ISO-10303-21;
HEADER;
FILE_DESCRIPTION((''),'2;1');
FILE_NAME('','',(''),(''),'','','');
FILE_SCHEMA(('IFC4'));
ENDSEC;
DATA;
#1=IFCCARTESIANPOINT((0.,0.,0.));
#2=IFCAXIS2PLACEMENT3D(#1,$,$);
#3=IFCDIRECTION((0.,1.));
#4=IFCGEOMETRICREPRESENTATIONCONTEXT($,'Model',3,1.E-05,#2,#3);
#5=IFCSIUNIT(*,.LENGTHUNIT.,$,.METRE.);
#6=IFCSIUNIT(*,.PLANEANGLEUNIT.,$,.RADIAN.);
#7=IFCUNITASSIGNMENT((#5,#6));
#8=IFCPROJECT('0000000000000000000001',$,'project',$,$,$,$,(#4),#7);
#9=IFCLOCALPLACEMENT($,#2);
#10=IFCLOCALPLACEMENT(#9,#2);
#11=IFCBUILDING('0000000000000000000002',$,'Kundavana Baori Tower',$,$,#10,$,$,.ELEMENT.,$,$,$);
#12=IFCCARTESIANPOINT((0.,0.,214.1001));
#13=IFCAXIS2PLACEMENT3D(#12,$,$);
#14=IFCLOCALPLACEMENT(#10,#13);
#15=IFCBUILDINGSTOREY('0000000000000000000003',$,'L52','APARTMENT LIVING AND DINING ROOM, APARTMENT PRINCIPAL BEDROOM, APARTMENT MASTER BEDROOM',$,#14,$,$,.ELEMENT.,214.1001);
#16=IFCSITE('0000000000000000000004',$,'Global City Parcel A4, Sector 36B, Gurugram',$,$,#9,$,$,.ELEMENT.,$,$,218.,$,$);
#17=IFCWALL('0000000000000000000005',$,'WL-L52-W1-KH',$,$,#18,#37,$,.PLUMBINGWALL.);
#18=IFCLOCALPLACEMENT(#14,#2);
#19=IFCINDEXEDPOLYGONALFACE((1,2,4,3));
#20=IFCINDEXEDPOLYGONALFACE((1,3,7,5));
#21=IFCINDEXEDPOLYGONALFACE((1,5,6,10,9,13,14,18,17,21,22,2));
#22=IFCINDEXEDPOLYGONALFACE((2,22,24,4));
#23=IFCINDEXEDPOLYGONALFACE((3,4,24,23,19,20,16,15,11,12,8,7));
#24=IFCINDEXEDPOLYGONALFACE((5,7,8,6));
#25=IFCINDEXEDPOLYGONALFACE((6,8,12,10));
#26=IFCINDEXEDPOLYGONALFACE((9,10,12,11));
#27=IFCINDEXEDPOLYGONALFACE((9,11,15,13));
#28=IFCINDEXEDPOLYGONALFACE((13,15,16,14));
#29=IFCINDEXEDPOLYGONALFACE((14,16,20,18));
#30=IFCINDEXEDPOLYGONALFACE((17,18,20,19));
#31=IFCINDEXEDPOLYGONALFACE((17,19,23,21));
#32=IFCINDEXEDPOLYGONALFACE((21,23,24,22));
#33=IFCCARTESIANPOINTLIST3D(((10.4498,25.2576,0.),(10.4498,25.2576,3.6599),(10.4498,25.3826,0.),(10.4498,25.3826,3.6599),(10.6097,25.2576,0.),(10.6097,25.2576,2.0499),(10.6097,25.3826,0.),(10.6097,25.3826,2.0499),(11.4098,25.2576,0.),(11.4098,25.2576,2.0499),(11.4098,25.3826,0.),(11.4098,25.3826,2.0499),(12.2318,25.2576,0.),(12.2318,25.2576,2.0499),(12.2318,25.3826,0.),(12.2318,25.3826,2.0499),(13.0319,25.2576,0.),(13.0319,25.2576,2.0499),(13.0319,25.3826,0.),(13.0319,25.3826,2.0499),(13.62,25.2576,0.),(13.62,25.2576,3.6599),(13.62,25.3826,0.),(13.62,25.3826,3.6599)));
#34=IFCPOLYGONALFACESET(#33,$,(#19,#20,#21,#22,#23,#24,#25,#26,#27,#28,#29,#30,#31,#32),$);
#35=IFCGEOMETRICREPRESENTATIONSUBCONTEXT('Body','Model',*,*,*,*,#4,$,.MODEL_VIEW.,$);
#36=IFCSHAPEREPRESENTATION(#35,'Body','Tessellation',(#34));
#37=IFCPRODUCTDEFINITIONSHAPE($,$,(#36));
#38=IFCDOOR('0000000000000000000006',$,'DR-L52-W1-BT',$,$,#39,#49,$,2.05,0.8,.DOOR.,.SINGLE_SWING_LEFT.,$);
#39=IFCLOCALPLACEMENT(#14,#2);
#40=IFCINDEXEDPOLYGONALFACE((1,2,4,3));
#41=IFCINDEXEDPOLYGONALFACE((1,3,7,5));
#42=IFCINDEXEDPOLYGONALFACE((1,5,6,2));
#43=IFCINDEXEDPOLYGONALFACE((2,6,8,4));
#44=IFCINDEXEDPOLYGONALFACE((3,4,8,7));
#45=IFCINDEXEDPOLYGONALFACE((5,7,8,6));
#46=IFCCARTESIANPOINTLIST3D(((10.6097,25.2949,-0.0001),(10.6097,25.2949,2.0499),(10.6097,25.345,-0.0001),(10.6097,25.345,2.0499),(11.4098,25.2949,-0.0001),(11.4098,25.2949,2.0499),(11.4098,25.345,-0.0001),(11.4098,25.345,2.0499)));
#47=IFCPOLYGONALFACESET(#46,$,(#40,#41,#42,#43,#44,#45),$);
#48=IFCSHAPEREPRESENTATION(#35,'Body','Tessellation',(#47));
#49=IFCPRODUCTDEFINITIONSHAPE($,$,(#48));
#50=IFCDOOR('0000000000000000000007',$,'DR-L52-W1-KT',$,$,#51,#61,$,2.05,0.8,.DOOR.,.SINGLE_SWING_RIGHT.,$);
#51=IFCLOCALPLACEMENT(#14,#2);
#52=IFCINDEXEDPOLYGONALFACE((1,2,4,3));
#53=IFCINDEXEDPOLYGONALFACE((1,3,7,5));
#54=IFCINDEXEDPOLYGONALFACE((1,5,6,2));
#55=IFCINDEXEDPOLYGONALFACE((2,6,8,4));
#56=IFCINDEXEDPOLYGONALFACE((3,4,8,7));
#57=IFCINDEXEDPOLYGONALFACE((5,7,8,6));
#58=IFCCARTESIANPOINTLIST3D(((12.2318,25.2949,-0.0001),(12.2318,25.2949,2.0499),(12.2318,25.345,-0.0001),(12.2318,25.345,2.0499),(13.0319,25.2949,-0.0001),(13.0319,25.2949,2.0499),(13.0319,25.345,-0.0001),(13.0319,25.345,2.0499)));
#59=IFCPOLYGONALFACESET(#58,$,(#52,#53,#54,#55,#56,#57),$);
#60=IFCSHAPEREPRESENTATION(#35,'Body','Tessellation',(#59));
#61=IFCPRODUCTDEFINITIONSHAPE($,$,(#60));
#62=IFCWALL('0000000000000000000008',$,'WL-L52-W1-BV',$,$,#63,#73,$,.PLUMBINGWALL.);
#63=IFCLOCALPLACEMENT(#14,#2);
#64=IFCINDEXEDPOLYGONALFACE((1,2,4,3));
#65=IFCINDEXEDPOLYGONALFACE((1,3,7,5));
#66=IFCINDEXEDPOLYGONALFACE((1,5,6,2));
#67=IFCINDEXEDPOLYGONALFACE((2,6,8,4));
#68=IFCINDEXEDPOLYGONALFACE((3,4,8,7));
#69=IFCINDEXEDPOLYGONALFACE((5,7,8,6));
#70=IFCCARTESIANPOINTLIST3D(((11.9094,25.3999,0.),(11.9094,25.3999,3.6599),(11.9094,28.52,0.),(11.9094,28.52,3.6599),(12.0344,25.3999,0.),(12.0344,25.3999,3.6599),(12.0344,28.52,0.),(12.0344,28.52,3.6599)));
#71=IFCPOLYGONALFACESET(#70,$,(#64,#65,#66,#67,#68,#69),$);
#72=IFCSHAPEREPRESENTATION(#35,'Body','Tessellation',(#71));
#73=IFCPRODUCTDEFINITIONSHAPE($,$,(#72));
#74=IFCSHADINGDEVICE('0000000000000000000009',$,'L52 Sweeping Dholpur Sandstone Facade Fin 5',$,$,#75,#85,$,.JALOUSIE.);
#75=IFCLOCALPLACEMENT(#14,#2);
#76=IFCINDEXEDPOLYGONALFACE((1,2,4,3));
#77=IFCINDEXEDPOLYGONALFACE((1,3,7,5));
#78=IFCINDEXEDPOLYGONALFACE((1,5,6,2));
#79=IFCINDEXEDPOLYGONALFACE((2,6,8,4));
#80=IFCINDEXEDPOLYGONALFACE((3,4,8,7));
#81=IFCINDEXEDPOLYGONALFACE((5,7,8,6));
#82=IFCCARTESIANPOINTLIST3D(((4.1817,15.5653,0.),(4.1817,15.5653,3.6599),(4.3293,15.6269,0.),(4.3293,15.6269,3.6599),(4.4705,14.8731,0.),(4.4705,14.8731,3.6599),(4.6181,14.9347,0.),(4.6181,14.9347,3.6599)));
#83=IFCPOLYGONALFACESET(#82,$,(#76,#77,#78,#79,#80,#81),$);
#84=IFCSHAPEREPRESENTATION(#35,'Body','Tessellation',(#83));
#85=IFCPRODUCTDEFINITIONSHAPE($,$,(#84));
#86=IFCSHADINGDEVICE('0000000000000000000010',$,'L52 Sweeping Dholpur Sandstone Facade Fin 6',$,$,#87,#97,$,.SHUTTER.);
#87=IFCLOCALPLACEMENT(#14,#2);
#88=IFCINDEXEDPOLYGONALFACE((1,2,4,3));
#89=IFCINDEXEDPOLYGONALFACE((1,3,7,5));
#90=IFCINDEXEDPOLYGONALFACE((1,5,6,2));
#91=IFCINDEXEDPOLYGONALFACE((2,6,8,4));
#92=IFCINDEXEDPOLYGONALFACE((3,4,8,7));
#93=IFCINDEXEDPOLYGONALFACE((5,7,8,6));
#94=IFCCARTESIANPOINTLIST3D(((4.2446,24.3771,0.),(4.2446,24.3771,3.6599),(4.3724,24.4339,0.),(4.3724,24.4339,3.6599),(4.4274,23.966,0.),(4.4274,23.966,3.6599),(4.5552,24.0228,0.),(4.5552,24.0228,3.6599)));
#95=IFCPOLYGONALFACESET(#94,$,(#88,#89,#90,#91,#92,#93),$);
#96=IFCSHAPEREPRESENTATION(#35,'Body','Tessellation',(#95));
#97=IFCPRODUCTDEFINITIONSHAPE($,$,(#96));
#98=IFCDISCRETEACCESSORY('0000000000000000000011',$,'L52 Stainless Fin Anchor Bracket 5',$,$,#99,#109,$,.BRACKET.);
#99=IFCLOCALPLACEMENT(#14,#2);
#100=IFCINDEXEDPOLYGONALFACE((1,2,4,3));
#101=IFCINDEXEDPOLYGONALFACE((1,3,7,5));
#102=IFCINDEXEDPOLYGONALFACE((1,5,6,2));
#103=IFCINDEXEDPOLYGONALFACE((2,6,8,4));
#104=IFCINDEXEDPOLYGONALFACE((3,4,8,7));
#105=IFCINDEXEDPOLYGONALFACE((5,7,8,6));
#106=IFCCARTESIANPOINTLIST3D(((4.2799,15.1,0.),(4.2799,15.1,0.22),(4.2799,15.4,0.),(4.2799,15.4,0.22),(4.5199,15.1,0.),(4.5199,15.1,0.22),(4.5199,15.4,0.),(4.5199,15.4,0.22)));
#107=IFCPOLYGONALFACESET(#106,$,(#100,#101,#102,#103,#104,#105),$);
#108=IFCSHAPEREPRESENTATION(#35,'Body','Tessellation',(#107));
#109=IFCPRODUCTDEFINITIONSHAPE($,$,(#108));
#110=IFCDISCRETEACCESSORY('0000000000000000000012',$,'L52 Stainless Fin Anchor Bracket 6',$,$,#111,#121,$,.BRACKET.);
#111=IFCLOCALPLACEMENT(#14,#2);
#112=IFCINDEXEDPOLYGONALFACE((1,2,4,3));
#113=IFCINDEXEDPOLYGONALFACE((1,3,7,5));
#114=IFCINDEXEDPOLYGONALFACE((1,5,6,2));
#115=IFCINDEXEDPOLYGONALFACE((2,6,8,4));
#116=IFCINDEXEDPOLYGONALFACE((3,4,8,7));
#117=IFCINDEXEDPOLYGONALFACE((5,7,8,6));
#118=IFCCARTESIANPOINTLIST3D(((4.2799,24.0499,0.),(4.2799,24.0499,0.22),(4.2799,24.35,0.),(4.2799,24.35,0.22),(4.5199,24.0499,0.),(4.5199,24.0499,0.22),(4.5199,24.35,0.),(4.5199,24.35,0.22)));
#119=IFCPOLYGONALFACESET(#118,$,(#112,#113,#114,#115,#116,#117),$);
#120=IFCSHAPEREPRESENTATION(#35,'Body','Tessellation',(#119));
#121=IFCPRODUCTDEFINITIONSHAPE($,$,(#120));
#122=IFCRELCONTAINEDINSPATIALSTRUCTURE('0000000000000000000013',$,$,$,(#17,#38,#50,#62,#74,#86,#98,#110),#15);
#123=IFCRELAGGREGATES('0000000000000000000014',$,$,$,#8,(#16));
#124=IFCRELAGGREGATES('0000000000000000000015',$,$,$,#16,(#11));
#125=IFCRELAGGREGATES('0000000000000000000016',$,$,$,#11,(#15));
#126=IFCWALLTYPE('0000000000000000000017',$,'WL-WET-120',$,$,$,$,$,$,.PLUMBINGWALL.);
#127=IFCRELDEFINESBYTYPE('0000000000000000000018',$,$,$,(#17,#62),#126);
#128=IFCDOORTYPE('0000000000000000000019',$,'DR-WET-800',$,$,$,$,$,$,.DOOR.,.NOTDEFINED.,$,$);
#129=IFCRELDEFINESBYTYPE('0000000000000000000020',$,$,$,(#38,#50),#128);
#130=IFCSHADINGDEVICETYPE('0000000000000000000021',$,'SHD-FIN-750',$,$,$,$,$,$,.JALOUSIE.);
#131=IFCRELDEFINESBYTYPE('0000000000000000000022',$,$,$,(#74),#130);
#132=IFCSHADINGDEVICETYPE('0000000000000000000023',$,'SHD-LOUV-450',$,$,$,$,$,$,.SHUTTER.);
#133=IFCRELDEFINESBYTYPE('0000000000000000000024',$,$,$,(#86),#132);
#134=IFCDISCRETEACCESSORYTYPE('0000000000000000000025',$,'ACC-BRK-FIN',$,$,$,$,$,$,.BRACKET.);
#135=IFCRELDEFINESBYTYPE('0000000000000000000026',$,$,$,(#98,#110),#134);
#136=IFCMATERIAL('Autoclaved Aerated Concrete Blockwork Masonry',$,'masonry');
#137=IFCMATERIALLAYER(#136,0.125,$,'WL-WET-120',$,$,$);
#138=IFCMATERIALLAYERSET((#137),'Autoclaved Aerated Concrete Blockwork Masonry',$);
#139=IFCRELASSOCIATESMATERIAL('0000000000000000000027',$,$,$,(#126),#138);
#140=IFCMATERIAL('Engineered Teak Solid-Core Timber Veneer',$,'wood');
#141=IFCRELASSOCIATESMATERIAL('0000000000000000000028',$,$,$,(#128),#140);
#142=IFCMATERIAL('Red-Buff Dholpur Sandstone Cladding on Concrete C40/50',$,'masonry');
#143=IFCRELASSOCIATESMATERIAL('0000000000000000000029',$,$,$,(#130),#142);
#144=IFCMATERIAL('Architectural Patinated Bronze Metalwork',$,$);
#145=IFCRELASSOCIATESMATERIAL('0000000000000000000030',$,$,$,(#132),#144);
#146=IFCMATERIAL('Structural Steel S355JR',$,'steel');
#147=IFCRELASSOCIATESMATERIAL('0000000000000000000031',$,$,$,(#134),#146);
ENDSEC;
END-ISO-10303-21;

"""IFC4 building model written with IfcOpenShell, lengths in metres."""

from ifc_helpers import new_model, si_unit, direction, frame, frame_2d, origin, origin_2d, place, context, subcontext, project, spatial, rectangle, extrude, material, layer, layer_set, type_object, element, fill, save


model = new_model("IFC4")

# Units and contexts
model_context = context("Model", 3, precision=1e-05, world=origin(), true_north=direction((0.0, 1.0)))
body_context = subcontext(model_context, "Body", "Model", "MODEL_VIEW")
ifc_project = project(units=[si_unit("LENGTHUNIT", "METRE"), si_unit("PLANEANGLEUNIT", "RADIAN")], contexts=[model_context])

# Site, building, storey
site_placement = place(None, origin())
site = spatial("IfcSite", under=ifc_project, at=site_placement, Name="Global City Parcel A4, Sector 36B, Gurugram", CompositionType="ELEMENT", RefElevation=218.0)
building_placement = place(site_placement, origin())
building = spatial("IfcBuilding", under=site, at=building_placement, Name="Kundavana Baori Tower", CompositionType="ELEMENT")
storey_placement = place(building_placement, frame((0.0, 0.0, 214.1001)))
storey = spatial("IfcBuildingStorey", under=building, at=storey_placement, Name="L52", Description="APARTMENT LIVING AND DINING ROOM, APARTMENT PRINCIPAL BEDROOM, APARTMENT MASTER BEDROOM", CompositionType="ELEMENT", Elevation=214.1001)

# Wall, openings, doors
ifc_material_1 = material(Name="Autoclaved Aerated Concrete Blockwork Masonry", Category="masonry")
ifc_layer_1 = layer(ifc_material_1, 0.125, Name="WL-WET-120")
ifc_layer_set_1 = layer_set([ifc_layer_1], Name="Autoclaved Aerated Concrete Blockwork Masonry")
wall_type_1 = type_object("IfcWallType", Name="WL-WET-120", PredefinedType="PLUMBINGWALL", material=ifc_layer_set_1)
wall_1_placement = place(storey_placement, frame((10.45, 25.3201, 0.0), z_axis=(0.0, 0.0, 1.0), x_axis=(1.0, 0.0, 0.0)))
wall_1 = element("IfcWall", 1, at=wall_1_placement, inside=storey, type_object=wall_type_1, Name="WL-L52-W1-KH", PredefinedType="PLUMBINGWALL", context=body_context, shape_type="SweptSolid", body=[
    extrude(rectangle(XDim=3.1702, YDim=0.125, at=frame_2d((1.585, 0.0))), origin(), (0.0, 0.0, 1.0), 3.6599),
])
opening_1_placement = place(wall_1_placement, frame((0.1599, 0.0, 0.0)))
opening_1 = element("IfcOpeningElement", 2, at=opening_1_placement, cuts=wall_1, PredefinedType="OPENING", context=body_context, shape_type="SweptSolid", body=[
    extrude(rectangle(XDim=0.8, YDim=2.05, at=frame_2d((0.3999, 1.0249))), frame((0.0, 0.0725, 0.0), z_axis=(0.0, -1.0, 0.0), x_axis=(1.0, 0.0, 0.0)), (0.0, 0.0, 1.0), 0.145),
])
opening_2_placement = place(wall_1_placement, frame((1.782, 0.0, 0.0)))
opening_2 = element("IfcOpeningElement", 3, at=opening_2_placement, cuts=wall_1, PredefinedType="OPENING", context=body_context, shape_type="SweptSolid", body=[
    extrude(rectangle(XDim=0.8, YDim=2.05, at=frame_2d((0.3999, 1.0249))), frame((0.0, 0.0725, 0.0), z_axis=(0.0, -1.0, 0.0), x_axis=(1.0, 0.0, 0.0)), (0.0, 0.0, 1.0), 0.145),
])
ifc_material_2 = material(Name="Engineered Teak Solid-Core Timber Veneer", Category="wood")
door_type_1 = type_object("IfcDoorType", Name="DR-WET-800", OperationType="NOTDEFINED", PredefinedType="DOOR", material=ifc_material_2)
door_1_placement = place(opening_1_placement, origin())
door_1 = element("IfcDoor", 4, at=door_1_placement, inside=storey, type_object=door_type_1, Name="DR-L52-W1-BT", OperationType="SINGLE_SWING_LEFT", OverallHeight=2.05, OverallWidth=0.8, PredefinedType="DOOR", context=body_context, shape_type="SweptSolid", body=[
    extrude(rectangle(XDim=0.8, YDim=2.05, at=frame_2d((0.3999, 1.0249))), frame((0.0, 0.0249, 0.0), z_axis=(0.0, -1.0, 0.0), x_axis=(1.0, 0.0, 0.0)), (0.0, 0.0, 1.0), 0.05),
])
fill(opening_1, door_1)
door_2_placement = place(opening_2_placement, origin())
door_2 = element("IfcDoor", 5, at=door_2_placement, inside=storey, type_object=door_type_1, Name="DR-L52-W1-KT", OperationType="SINGLE_SWING_RIGHT", OverallHeight=2.05, OverallWidth=0.8, PredefinedType="DOOR", context=body_context, shape_type="SweptSolid", body=[
    extrude(rectangle(XDim=0.8, YDim=2.05, at=frame_2d((0.3999, 1.0249))), frame((0.0, 0.0249, 0.0), z_axis=(0.0, -1.0, 0.0), x_axis=(1.0, 0.0, 0.0)), (0.0, 0.0, 1.0), 0.05),
])
fill(opening_2, door_2)

# Wall
wall_2_placement = place(storey_placement, frame((11.9719, 25.3999, 0.0), z_axis=(0.0, 0.0, 1.0), x_axis=(0.0, 1.0, 0.0)))
element("IfcWall", 6, at=wall_2_placement, inside=storey, type_object=wall_type_1, Name="WL-L52-W1-BV", PredefinedType="PLUMBINGWALL", context=body_context, shape_type="SweptSolid", body=[
    extrude(rectangle(XDim=3.1201, YDim=0.125, at=frame_2d((1.5601, 0.0))), origin(), (0.0, 0.0, 1.0), 3.6599),
])

# Shading devices
ifc_material_3 = material(Name="Red-Buff Dholpur Sandstone Cladding on Concrete C40/50", Category="masonry")
shading_device_type_1 = type_object("IfcShadingDeviceType", Name="SHD-FIN-750", PredefinedType="JALOUSIE", material=ifc_material_3)
shading_device_1_placement = place(storey_placement, frame((4.3999, 15.25, 0.0), z_axis=(0.0, 0.0, 1.0), x_axis=(0.922875, 0.385101, 0.0)))
element("IfcShadingDevice", 7, at=shading_device_1_placement, inside=storey, type_object=shading_device_type_1, Name="L52 Sweeping Dholpur Sandstone Facade Fin 5", PredefinedType="JALOUSIE", context=body_context, shape_type="SweptSolid", body=[
    extrude(rectangle(XDim=0.1599, YDim=0.75, at=origin_2d()), origin(), (0.0, 0.0, 1.0), 3.6599),
])
ifc_material_4 = material(Name="Architectural Patinated Bronze Metalwork")
shading_device_type_2 = type_object("IfcShadingDeviceType", Name="SHD-LOUV-450", PredefinedType="SHUTTER", material=ifc_material_4)
shading_device_2_placement = place(storey_placement, frame((4.3999, 24.2, 0.0), z_axis=(0.0, 0.0, 1.0), x_axis=(0.913758, 0.406258, 0.0)))
element("IfcShadingDevice", 8, at=shading_device_2_placement, inside=storey, type_object=shading_device_type_2, Name="L52 Sweeping Dholpur Sandstone Facade Fin 6", PredefinedType="SHUTTER", context=body_context, shape_type="SweptSolid", body=[
    extrude(rectangle(XDim=0.1399, YDim=0.45, at=origin_2d()), origin(), (0.0, 0.0, 1.0), 3.6599),
])

# Discrete accessories
ifc_material_5 = material(Name="Structural Steel S355JR", Category="steel")
discrete_accessory_type = type_object("IfcDiscreteAccessoryType", Name="ACC-BRK-FIN", PredefinedType="BRACKET", material=ifc_material_5)
for number, where, z_axis, x_axis, name in (
    (9, (4.3999, 15.25, 0.0), (0.0, 0.0, 1.0), (1.0, 0.0, 0.0), "L52 Stainless Fin Anchor Bracket 5"),
    (10, (4.3999, 24.2, 0.0), (0.0, 0.0, 1.0), (1.0, 0.0, 0.0), "L52 Stainless Fin Anchor Bracket 6"),
):
    element("IfcDiscreteAccessory", number, at=place(storey_placement, frame(where, z_axis=z_axis, x_axis=x_axis)), inside=storey, type_object=discrete_accessory_type, Name=name, PredefinedType="BRACKET", context=body_context, shape_type="SweptSolid", body=[
        extrude(rectangle(XDim=0.24, YDim=0.3, at=origin_2d()), origin(), (0.0, 0.0, 1.0), 0.22),
    ])

save(model, "model.ifc")
